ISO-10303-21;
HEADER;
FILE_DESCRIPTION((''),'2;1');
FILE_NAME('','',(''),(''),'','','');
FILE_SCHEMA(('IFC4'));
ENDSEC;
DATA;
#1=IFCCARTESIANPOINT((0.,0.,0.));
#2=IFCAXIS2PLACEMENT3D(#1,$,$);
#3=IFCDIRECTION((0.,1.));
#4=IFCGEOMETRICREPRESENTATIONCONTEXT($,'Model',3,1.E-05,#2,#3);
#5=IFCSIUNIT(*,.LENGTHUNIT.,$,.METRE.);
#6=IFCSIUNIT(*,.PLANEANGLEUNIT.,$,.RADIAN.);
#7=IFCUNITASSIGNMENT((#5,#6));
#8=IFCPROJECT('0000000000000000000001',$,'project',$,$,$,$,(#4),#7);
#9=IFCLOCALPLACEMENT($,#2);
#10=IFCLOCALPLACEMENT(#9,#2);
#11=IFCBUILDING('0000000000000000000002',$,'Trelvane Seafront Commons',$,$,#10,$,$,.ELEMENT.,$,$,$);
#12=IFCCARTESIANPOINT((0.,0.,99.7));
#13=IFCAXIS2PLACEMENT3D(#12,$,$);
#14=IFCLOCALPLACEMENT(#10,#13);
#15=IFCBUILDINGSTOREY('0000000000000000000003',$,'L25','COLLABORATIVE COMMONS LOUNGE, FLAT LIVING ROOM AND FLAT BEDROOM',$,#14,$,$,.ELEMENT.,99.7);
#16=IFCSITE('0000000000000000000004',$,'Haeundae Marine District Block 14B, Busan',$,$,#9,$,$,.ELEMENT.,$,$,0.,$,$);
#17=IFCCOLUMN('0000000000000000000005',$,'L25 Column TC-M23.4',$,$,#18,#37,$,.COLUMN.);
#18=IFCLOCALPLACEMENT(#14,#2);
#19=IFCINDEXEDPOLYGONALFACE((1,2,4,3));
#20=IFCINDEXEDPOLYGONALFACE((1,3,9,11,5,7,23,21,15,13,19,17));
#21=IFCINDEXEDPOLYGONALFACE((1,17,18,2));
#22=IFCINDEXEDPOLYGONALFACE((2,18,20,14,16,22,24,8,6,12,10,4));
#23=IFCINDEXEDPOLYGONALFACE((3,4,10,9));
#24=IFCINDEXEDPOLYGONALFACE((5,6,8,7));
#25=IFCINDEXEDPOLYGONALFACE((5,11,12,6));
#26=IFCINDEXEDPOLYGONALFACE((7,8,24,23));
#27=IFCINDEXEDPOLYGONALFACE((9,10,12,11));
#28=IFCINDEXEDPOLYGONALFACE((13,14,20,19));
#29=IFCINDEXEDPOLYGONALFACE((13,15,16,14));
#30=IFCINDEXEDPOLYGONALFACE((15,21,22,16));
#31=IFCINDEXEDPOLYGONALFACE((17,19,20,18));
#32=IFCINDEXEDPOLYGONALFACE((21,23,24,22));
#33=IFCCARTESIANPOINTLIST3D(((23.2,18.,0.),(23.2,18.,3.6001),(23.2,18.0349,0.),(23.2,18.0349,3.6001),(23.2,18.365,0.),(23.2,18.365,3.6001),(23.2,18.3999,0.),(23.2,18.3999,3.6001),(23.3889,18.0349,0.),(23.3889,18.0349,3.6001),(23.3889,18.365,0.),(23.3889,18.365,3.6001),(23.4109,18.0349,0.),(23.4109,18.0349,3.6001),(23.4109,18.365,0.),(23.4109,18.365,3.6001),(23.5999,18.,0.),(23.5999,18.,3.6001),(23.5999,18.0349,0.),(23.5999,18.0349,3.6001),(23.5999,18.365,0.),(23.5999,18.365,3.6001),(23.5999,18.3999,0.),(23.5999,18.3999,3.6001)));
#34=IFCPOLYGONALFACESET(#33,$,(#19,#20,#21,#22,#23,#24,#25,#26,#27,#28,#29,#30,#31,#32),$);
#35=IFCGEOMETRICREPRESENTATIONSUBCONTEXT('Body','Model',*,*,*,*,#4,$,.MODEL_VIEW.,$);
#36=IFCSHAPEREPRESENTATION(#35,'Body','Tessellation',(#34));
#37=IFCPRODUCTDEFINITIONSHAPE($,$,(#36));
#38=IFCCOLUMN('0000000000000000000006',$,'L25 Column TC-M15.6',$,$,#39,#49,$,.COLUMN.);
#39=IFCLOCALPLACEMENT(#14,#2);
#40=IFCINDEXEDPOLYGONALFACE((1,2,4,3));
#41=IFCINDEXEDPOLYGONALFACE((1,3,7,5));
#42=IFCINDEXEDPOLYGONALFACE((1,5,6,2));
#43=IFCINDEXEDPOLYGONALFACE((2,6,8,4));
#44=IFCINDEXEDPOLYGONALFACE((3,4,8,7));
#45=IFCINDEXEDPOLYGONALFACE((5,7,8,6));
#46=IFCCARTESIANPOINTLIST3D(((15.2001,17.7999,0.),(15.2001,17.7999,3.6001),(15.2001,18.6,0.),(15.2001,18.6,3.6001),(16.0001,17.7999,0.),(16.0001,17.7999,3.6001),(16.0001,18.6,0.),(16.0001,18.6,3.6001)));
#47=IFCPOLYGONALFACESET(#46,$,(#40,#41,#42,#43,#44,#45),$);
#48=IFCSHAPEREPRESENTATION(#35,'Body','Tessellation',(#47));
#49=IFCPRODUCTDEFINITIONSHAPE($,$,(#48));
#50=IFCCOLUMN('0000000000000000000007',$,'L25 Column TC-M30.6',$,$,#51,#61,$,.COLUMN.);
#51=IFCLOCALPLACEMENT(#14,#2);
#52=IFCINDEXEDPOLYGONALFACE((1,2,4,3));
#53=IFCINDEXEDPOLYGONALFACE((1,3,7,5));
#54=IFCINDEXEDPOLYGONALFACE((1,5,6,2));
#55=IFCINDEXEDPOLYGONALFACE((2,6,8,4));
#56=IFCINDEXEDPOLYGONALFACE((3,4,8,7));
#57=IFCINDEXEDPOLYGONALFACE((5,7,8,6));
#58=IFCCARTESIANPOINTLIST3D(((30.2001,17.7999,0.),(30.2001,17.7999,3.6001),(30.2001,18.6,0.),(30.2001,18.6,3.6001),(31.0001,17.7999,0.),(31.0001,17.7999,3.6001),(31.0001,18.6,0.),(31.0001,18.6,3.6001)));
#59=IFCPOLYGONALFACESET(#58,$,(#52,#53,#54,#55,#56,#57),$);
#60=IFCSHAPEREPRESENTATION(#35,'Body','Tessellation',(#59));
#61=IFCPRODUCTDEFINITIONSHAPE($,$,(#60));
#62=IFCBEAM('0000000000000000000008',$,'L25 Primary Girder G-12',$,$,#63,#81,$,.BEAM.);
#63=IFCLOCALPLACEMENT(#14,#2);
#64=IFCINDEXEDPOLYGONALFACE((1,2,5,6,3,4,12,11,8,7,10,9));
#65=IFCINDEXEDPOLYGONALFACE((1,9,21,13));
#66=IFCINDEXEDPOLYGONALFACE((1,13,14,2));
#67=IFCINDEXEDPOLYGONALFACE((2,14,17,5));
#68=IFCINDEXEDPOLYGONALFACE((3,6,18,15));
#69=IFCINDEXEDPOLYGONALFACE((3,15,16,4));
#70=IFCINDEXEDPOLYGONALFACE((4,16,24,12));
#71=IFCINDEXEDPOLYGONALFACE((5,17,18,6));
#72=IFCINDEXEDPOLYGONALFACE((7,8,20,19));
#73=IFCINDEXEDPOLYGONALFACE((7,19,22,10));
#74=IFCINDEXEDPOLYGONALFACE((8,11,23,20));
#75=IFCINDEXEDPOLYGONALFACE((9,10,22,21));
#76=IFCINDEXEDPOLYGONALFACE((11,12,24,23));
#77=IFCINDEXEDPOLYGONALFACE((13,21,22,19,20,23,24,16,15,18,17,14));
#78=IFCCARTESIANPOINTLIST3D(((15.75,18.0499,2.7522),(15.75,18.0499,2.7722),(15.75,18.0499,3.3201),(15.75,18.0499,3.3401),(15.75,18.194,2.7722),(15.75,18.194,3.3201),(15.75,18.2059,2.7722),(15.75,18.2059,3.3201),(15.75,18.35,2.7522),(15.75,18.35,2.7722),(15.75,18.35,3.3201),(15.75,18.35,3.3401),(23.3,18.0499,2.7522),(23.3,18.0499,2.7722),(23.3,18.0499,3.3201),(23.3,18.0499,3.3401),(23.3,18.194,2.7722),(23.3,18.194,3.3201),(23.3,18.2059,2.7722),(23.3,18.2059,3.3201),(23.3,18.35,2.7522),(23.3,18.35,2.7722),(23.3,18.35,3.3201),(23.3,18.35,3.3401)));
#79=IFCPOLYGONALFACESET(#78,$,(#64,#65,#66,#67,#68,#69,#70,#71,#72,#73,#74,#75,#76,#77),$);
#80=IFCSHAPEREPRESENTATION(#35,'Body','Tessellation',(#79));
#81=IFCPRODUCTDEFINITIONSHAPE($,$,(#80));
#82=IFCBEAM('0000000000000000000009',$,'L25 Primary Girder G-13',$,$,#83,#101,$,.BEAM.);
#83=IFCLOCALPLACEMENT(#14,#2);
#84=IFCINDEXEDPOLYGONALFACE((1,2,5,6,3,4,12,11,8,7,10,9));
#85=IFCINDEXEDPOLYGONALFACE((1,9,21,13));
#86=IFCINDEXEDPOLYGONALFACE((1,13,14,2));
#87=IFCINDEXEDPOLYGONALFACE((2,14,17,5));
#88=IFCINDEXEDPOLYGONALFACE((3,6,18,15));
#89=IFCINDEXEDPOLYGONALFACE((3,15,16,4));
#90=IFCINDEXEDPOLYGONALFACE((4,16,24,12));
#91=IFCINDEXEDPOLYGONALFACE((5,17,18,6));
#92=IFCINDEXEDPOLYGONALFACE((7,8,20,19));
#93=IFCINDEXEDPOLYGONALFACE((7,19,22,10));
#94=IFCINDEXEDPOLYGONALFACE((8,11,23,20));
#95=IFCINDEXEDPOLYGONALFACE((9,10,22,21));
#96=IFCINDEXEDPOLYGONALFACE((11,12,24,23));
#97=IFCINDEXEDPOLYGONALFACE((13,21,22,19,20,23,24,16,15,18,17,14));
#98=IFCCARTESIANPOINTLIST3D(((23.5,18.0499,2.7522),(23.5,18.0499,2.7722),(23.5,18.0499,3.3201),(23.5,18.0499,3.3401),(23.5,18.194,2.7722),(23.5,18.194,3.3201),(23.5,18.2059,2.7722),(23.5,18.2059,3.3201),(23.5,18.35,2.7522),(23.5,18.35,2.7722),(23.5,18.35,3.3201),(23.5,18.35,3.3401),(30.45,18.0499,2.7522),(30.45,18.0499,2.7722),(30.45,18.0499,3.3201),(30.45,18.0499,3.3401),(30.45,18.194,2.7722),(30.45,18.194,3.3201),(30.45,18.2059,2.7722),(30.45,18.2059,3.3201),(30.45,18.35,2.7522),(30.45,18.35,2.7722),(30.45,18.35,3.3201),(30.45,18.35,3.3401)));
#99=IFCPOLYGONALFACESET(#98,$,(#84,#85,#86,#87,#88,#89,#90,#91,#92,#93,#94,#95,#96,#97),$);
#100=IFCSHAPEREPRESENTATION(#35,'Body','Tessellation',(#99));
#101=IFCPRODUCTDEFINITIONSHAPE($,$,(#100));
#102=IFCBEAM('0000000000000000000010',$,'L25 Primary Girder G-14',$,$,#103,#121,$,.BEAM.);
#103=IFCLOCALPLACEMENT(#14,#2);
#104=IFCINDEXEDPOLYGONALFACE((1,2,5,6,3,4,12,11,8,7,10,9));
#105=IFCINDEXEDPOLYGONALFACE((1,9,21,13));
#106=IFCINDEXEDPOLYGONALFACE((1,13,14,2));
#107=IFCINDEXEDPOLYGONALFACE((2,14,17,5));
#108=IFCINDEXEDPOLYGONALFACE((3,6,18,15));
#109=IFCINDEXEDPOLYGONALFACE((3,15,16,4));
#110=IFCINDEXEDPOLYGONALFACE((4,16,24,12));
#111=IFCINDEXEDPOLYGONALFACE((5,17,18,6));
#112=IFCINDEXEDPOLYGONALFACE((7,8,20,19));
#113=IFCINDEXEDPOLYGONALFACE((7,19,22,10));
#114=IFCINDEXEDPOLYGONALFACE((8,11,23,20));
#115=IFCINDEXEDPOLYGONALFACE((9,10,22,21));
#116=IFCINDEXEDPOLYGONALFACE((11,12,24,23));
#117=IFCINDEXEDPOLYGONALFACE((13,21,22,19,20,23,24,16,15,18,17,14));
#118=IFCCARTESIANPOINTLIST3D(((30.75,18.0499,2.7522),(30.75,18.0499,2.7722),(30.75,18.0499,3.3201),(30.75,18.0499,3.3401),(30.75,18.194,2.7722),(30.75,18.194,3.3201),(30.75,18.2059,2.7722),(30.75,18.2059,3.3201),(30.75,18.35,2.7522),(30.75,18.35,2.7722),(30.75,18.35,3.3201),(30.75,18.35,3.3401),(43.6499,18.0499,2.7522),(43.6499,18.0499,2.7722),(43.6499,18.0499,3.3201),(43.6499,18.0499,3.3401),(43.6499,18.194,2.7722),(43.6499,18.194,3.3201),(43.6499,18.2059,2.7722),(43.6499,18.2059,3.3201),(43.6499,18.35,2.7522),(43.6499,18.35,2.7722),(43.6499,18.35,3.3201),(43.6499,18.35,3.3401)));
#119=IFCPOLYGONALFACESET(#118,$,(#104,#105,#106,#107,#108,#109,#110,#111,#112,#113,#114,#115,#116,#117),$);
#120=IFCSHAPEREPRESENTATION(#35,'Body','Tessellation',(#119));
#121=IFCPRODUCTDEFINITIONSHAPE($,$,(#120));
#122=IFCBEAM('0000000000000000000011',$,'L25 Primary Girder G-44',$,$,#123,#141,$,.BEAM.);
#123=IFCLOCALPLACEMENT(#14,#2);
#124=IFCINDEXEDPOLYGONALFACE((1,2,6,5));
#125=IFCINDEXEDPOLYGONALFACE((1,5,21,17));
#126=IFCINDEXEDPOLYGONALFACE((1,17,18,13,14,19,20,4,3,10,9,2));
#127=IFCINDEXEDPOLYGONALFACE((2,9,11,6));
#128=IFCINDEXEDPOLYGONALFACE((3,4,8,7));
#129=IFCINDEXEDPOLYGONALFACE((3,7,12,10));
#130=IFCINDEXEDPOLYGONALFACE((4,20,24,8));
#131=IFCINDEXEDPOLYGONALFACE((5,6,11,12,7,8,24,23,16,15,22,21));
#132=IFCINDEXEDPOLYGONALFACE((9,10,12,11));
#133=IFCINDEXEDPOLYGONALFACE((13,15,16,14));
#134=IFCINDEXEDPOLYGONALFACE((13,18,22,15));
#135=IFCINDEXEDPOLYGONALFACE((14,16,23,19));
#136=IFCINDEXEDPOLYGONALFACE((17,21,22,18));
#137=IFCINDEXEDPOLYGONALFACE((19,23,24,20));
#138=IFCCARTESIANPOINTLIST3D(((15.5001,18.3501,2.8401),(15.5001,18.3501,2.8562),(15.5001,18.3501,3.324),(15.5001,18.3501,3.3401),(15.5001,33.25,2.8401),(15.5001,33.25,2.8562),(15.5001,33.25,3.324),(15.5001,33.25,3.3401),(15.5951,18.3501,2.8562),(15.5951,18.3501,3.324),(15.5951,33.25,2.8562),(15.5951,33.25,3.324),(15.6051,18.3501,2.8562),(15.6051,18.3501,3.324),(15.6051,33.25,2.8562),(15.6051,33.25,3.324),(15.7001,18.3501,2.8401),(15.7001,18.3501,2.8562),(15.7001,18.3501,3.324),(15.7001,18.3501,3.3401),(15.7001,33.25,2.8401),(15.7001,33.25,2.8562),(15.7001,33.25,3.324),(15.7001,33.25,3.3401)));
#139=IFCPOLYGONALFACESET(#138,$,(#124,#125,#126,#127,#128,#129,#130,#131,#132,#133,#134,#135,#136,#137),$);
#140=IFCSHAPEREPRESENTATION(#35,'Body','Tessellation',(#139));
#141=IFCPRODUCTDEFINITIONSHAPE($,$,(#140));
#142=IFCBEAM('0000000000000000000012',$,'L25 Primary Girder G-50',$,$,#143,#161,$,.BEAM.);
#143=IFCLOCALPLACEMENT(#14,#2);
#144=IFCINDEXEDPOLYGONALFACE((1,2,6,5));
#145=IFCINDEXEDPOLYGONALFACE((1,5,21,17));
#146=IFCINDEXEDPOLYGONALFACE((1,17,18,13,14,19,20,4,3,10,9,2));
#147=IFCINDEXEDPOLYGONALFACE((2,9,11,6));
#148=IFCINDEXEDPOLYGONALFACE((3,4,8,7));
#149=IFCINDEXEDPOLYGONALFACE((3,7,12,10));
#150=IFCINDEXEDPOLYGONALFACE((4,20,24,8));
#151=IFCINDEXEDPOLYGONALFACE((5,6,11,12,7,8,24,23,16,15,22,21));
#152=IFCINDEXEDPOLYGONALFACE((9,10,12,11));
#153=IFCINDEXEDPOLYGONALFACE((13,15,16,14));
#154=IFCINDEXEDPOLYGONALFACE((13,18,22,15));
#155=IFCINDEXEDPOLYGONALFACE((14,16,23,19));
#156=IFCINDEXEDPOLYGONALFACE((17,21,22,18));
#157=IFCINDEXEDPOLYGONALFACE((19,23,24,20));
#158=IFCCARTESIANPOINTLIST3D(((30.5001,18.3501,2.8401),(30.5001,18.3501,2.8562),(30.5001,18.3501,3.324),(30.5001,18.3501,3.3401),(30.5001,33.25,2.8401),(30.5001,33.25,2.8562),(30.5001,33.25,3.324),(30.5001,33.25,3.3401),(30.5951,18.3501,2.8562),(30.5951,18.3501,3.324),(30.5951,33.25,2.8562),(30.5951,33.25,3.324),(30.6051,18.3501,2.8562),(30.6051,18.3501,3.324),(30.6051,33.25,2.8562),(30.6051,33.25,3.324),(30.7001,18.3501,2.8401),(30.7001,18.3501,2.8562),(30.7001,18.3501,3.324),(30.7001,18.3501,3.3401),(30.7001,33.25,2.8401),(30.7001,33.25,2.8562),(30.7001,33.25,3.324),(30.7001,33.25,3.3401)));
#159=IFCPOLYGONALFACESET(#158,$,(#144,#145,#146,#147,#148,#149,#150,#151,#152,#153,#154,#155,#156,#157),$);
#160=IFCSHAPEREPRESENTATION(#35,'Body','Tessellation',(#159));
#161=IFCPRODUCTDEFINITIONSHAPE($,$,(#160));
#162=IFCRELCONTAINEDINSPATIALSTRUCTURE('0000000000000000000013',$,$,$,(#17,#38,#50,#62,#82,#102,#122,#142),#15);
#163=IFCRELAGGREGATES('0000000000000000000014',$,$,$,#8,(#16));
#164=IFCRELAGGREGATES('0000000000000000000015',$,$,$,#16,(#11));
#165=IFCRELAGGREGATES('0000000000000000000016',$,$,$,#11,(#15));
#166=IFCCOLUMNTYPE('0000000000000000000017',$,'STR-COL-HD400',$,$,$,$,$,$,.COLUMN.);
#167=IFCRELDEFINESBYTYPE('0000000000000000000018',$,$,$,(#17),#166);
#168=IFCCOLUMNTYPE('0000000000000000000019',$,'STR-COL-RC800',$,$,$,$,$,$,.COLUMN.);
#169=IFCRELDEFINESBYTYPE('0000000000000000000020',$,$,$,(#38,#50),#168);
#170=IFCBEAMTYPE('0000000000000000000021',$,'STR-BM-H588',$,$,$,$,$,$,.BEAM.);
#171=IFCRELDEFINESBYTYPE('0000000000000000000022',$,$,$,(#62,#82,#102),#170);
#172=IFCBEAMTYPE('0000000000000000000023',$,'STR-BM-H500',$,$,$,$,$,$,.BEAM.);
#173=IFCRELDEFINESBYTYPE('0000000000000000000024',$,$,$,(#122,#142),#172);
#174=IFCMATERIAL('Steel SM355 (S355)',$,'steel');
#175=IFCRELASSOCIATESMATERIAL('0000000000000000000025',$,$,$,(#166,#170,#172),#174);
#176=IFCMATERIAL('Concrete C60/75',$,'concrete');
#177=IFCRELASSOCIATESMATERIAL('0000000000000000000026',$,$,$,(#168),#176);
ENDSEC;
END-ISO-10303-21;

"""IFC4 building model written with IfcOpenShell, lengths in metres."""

from ifc_helpers import new_model, si_unit, direction, frame, origin, origin_2d, place, context, subcontext, project, spatial, rectangle, i_section, extrude, source, transform, mapped, material, material_profile, profile_set, type_object, element, save


model = new_model("IFC4")

# Units and contexts
model_context = context("Model", 3, precision=1e-05, world=origin(), true_north=direction((0.0, 1.0)))
body_context = subcontext(model_context, "Body", "Model", "MODEL_VIEW")
ifc_project = project(units=[si_unit("LENGTHUNIT", "METRE"), si_unit("PLANEANGLEUNIT", "RADIAN")], contexts=[model_context])

# Site, building, storey
site_placement = place(None, origin())
site = spatial("IfcSite", under=ifc_project, at=site_placement, Name="Haeundae Marine District Block 14B, Busan", CompositionType="ELEMENT", RefElevation=0.0)
building_placement = place(site_placement, origin())
building = spatial("IfcBuilding", under=site, at=building_placement, Name="Trelvane Seafront Commons", CompositionType="ELEMENT")
storey_placement = place(building_placement, frame((0.0, 0.0, 99.7)))
storey = spatial("IfcBuildingStorey", under=building, at=storey_placement, Name="L25", Description="COLLABORATIVE COMMONS LOUNGE, FLAT LIVING ROOM AND FLAT BEDROOM", CompositionType="ELEMENT", Elevation=99.7)

# Columns
ifc_material_1 = material(Name="Steel SM355 (S355)", Category="steel")
ifc_material_profile_1 = material_profile(ifc_material_1, i_section(OverallWidth=0.3999, OverallDepth=0.3999, WebThickness=0.022, FlangeThickness=0.0349, at=origin_2d()), Name="HD-400x400x22x35")
ifc_profile_set_1 = profile_set([ifc_material_profile_1], Name="Steel SM355 (S355)")
column_type_1 = type_object("IfcColumnType", Name="STR-COL-HD400", PredefinedType="COLUMN", material=ifc_profile_set_1)
shared_shape_1 = source(origin(), body_context, "Body", "SweptSolid", [
    extrude(i_section(OverallWidth=0.3999, OverallDepth=0.3999, WebThickness=0.022, FlangeThickness=0.0349, at=origin_2d()), origin(), (0.0, 0.0, 1.0), 3.6001),
])
column_placement = place(storey_placement, frame((23.3999, 18.2, 0.0), z_axis=(0.0, 0.0, 1.0), x_axis=(1.0, 0.0, 0.0)))
element("IfcColumn", 1, at=column_placement, inside=storey, type_object=column_type_1, Name="L25 Column TC-M23.4", PredefinedType="COLUMN", context=body_context, shape_type="MappedRepresentation", body=[
    mapped(shared_shape_1, transform((0.0, 0.0, 0.0), x_axis=(1.0, 0.0, 0.0), y_axis=(0.0, 1.0, 0.0), z_axis=(0.0, 0.0, 1.0), scale=1.0)),
])
ifc_material_2 = material(Name="Concrete C60/75", Category="concrete")
ifc_material_profile_2 = material_profile(ifc_material_2, rectangle(XDim=0.8, YDim=0.8, at=origin_2d()), Name="RC-800x800")
ifc_profile_set_2 = profile_set([ifc_material_profile_2], Name="Concrete C60/75")
column_type_2 = type_object("IfcColumnType", Name="STR-COL-RC800", PredefinedType="COLUMN", material=ifc_profile_set_2)
shared_shape_2 = source(origin(), body_context, "Body", "SweptSolid", [
    extrude(rectangle(XDim=0.8, YDim=0.8, at=origin_2d()), origin(), (0.0, 0.0, 1.0), 3.6001),
])
for number, where, z_axis, x_axis, name in (
    (2, (15.6001, 18.2, 0.0), (0.0, 0.0, 1.0), (1.0, 0.0, 0.0), "L25 Column TC-M15.6"),
    (3, (30.6001, 18.2, 0.0), (0.0, 0.0, 1.0), (1.0, 0.0, 0.0), "L25 Column TC-M30.6"),
):
    element("IfcColumn", number, at=place(storey_placement, frame(where, z_axis=z_axis, x_axis=x_axis)), inside=storey, type_object=column_type_2, Name=name, PredefinedType="COLUMN", context=body_context, shape_type="MappedRepresentation", body=[
        mapped(shared_shape_2, transform((0.0, 0.0, 0.0), x_axis=(1.0, 0.0, 0.0), y_axis=(0.0, 1.0, 0.0), z_axis=(0.0, 0.0, 1.0), scale=1.0)),
    ])

# Beams
ifc_material_profile_3 = material_profile(ifc_material_1, i_section(OverallWidth=0.3, OverallDepth=0.5879, WebThickness=0.012, FlangeThickness=0.02, at=origin_2d()), Name="H-588x300x12x20")
ifc_profile_set_3 = profile_set([ifc_material_profile_3], Name="Steel SM355 (S355)")
beam_type_1 = type_object("IfcBeamType", Name="STR-BM-H588", PredefinedType="BEAM", material=ifc_profile_set_3)
shared_shape_3 = source(origin(), body_context, "Body", "SweptSolid", [
    extrude(i_section(OverallWidth=0.3, OverallDepth=0.5879, WebThickness=0.012, FlangeThickness=0.02, at=origin_2d()), origin(), (0.0, 0.0, 1.0), 7.55),
])
beam_1_placement = place(storey_placement, frame((15.75, 18.2, 3.0461), z_axis=(1.0, 0.0, 0.0), x_axis=(0.0, 1.0, 0.0)))
element("IfcBeam", 4, at=beam_1_placement, inside=storey, type_object=beam_type_1, Name="L25 Primary Girder G-12", PredefinedType="BEAM", context=body_context, shape_type="MappedRepresentation", body=[
    mapped(shared_shape_3, transform((0.0, 0.0, 0.0), x_axis=(1.0, 0.0, 0.0), y_axis=(0.0, 1.0, 0.0), z_axis=(0.0, 0.0, 1.0), scale=1.0)),
])
shared_shape_4 = source(origin(), body_context, "Body", "SweptSolid", [
    extrude(i_section(OverallWidth=0.3, OverallDepth=0.5879, WebThickness=0.012, FlangeThickness=0.02, at=origin_2d()), origin(), (0.0, 0.0, 1.0), 6.95),
])
beam_2_placement = place(storey_placement, frame((23.5, 18.2, 3.0461), z_axis=(1.0, 0.0, 0.0), x_axis=(0.0, 1.0, 0.0)))
element("IfcBeam", 5, at=beam_2_placement, inside=storey, type_object=beam_type_1, Name="L25 Primary Girder G-13", PredefinedType="BEAM", context=body_context, shape_type="MappedRepresentation", body=[
    mapped(shared_shape_4, transform((0.0, 0.0, 0.0), x_axis=(1.0, 0.0, 0.0), y_axis=(0.0, 1.0, 0.0), z_axis=(0.0, 0.0, 1.0), scale=1.0)),
])
shared_shape_5 = source(origin(), body_context, "Body", "SweptSolid", [
    extrude(i_section(OverallWidth=0.3, OverallDepth=0.5879, WebThickness=0.012, FlangeThickness=0.02, at=origin_2d()), origin(), (0.0, 0.0, 1.0), 12.8999),
])
beam_3_placement = place(storey_placement, frame((30.75, 18.2, 3.0461), z_axis=(1.0, 0.0, 0.0), x_axis=(0.0, 1.0, 0.0)))
element("IfcBeam", 6, at=beam_3_placement, inside=storey, type_object=beam_type_1, Name="L25 Primary Girder G-14", PredefinedType="BEAM", context=body_context, shape_type="MappedRepresentation", body=[
    mapped(shared_shape_5, transform((0.0, 0.0, 0.0), x_axis=(1.0, 0.0, 0.0), y_axis=(0.0, 1.0, 0.0), z_axis=(0.0, 0.0, 1.0), scale=1.0)),
])
ifc_material_profile_4 = material_profile(ifc_material_1, i_section(OverallWidth=0.2, OverallDepth=0.5, WebThickness=0.01, FlangeThickness=0.0161, at=origin_2d()), Name="H-500x200x10x16")
ifc_profile_set_4 = profile_set([ifc_material_profile_4], Name="Steel SM355 (S355)")
beam_type_2 = type_object("IfcBeamType", Name="STR-BM-H500", PredefinedType="BEAM", material=ifc_profile_set_4)
shared_shape_6 = source(origin(), body_context, "Body", "SweptSolid", [
    extrude(i_section(OverallWidth=0.2, OverallDepth=0.5, WebThickness=0.01, FlangeThickness=0.0161, at=origin_2d()), origin(), (0.0, 0.0, 1.0), 14.8999),
])
for number, where, z_axis, x_axis, name in (
    (7, (15.6001, 18.3501, 3.0901), (0.0, 1.0, 0.0), (-1.0, 0.0, 0.0), "L25 Primary Girder G-44"),
    (8, (30.6001, 18.3501, 3.0901), (0.0, 1.0, 0.0), (-1.0, 0.0, 0.0), "L25 Primary Girder G-50"),
):
    element("IfcBeam", number, at=place(storey_placement, frame(where, z_axis=z_axis, x_axis=x_axis)), inside=storey, type_object=beam_type_2, Name=name, PredefinedType="BEAM", context=body_context, shape_type="MappedRepresentation", body=[
        mapped(shared_shape_6, transform((0.0, 0.0, 0.0), x_axis=(1.0, 0.0, 0.0), y_axis=(0.0, 1.0, 0.0), z_axis=(0.0, 0.0, 1.0), scale=1.0)),
    ])

save(model, "model.ifc")
